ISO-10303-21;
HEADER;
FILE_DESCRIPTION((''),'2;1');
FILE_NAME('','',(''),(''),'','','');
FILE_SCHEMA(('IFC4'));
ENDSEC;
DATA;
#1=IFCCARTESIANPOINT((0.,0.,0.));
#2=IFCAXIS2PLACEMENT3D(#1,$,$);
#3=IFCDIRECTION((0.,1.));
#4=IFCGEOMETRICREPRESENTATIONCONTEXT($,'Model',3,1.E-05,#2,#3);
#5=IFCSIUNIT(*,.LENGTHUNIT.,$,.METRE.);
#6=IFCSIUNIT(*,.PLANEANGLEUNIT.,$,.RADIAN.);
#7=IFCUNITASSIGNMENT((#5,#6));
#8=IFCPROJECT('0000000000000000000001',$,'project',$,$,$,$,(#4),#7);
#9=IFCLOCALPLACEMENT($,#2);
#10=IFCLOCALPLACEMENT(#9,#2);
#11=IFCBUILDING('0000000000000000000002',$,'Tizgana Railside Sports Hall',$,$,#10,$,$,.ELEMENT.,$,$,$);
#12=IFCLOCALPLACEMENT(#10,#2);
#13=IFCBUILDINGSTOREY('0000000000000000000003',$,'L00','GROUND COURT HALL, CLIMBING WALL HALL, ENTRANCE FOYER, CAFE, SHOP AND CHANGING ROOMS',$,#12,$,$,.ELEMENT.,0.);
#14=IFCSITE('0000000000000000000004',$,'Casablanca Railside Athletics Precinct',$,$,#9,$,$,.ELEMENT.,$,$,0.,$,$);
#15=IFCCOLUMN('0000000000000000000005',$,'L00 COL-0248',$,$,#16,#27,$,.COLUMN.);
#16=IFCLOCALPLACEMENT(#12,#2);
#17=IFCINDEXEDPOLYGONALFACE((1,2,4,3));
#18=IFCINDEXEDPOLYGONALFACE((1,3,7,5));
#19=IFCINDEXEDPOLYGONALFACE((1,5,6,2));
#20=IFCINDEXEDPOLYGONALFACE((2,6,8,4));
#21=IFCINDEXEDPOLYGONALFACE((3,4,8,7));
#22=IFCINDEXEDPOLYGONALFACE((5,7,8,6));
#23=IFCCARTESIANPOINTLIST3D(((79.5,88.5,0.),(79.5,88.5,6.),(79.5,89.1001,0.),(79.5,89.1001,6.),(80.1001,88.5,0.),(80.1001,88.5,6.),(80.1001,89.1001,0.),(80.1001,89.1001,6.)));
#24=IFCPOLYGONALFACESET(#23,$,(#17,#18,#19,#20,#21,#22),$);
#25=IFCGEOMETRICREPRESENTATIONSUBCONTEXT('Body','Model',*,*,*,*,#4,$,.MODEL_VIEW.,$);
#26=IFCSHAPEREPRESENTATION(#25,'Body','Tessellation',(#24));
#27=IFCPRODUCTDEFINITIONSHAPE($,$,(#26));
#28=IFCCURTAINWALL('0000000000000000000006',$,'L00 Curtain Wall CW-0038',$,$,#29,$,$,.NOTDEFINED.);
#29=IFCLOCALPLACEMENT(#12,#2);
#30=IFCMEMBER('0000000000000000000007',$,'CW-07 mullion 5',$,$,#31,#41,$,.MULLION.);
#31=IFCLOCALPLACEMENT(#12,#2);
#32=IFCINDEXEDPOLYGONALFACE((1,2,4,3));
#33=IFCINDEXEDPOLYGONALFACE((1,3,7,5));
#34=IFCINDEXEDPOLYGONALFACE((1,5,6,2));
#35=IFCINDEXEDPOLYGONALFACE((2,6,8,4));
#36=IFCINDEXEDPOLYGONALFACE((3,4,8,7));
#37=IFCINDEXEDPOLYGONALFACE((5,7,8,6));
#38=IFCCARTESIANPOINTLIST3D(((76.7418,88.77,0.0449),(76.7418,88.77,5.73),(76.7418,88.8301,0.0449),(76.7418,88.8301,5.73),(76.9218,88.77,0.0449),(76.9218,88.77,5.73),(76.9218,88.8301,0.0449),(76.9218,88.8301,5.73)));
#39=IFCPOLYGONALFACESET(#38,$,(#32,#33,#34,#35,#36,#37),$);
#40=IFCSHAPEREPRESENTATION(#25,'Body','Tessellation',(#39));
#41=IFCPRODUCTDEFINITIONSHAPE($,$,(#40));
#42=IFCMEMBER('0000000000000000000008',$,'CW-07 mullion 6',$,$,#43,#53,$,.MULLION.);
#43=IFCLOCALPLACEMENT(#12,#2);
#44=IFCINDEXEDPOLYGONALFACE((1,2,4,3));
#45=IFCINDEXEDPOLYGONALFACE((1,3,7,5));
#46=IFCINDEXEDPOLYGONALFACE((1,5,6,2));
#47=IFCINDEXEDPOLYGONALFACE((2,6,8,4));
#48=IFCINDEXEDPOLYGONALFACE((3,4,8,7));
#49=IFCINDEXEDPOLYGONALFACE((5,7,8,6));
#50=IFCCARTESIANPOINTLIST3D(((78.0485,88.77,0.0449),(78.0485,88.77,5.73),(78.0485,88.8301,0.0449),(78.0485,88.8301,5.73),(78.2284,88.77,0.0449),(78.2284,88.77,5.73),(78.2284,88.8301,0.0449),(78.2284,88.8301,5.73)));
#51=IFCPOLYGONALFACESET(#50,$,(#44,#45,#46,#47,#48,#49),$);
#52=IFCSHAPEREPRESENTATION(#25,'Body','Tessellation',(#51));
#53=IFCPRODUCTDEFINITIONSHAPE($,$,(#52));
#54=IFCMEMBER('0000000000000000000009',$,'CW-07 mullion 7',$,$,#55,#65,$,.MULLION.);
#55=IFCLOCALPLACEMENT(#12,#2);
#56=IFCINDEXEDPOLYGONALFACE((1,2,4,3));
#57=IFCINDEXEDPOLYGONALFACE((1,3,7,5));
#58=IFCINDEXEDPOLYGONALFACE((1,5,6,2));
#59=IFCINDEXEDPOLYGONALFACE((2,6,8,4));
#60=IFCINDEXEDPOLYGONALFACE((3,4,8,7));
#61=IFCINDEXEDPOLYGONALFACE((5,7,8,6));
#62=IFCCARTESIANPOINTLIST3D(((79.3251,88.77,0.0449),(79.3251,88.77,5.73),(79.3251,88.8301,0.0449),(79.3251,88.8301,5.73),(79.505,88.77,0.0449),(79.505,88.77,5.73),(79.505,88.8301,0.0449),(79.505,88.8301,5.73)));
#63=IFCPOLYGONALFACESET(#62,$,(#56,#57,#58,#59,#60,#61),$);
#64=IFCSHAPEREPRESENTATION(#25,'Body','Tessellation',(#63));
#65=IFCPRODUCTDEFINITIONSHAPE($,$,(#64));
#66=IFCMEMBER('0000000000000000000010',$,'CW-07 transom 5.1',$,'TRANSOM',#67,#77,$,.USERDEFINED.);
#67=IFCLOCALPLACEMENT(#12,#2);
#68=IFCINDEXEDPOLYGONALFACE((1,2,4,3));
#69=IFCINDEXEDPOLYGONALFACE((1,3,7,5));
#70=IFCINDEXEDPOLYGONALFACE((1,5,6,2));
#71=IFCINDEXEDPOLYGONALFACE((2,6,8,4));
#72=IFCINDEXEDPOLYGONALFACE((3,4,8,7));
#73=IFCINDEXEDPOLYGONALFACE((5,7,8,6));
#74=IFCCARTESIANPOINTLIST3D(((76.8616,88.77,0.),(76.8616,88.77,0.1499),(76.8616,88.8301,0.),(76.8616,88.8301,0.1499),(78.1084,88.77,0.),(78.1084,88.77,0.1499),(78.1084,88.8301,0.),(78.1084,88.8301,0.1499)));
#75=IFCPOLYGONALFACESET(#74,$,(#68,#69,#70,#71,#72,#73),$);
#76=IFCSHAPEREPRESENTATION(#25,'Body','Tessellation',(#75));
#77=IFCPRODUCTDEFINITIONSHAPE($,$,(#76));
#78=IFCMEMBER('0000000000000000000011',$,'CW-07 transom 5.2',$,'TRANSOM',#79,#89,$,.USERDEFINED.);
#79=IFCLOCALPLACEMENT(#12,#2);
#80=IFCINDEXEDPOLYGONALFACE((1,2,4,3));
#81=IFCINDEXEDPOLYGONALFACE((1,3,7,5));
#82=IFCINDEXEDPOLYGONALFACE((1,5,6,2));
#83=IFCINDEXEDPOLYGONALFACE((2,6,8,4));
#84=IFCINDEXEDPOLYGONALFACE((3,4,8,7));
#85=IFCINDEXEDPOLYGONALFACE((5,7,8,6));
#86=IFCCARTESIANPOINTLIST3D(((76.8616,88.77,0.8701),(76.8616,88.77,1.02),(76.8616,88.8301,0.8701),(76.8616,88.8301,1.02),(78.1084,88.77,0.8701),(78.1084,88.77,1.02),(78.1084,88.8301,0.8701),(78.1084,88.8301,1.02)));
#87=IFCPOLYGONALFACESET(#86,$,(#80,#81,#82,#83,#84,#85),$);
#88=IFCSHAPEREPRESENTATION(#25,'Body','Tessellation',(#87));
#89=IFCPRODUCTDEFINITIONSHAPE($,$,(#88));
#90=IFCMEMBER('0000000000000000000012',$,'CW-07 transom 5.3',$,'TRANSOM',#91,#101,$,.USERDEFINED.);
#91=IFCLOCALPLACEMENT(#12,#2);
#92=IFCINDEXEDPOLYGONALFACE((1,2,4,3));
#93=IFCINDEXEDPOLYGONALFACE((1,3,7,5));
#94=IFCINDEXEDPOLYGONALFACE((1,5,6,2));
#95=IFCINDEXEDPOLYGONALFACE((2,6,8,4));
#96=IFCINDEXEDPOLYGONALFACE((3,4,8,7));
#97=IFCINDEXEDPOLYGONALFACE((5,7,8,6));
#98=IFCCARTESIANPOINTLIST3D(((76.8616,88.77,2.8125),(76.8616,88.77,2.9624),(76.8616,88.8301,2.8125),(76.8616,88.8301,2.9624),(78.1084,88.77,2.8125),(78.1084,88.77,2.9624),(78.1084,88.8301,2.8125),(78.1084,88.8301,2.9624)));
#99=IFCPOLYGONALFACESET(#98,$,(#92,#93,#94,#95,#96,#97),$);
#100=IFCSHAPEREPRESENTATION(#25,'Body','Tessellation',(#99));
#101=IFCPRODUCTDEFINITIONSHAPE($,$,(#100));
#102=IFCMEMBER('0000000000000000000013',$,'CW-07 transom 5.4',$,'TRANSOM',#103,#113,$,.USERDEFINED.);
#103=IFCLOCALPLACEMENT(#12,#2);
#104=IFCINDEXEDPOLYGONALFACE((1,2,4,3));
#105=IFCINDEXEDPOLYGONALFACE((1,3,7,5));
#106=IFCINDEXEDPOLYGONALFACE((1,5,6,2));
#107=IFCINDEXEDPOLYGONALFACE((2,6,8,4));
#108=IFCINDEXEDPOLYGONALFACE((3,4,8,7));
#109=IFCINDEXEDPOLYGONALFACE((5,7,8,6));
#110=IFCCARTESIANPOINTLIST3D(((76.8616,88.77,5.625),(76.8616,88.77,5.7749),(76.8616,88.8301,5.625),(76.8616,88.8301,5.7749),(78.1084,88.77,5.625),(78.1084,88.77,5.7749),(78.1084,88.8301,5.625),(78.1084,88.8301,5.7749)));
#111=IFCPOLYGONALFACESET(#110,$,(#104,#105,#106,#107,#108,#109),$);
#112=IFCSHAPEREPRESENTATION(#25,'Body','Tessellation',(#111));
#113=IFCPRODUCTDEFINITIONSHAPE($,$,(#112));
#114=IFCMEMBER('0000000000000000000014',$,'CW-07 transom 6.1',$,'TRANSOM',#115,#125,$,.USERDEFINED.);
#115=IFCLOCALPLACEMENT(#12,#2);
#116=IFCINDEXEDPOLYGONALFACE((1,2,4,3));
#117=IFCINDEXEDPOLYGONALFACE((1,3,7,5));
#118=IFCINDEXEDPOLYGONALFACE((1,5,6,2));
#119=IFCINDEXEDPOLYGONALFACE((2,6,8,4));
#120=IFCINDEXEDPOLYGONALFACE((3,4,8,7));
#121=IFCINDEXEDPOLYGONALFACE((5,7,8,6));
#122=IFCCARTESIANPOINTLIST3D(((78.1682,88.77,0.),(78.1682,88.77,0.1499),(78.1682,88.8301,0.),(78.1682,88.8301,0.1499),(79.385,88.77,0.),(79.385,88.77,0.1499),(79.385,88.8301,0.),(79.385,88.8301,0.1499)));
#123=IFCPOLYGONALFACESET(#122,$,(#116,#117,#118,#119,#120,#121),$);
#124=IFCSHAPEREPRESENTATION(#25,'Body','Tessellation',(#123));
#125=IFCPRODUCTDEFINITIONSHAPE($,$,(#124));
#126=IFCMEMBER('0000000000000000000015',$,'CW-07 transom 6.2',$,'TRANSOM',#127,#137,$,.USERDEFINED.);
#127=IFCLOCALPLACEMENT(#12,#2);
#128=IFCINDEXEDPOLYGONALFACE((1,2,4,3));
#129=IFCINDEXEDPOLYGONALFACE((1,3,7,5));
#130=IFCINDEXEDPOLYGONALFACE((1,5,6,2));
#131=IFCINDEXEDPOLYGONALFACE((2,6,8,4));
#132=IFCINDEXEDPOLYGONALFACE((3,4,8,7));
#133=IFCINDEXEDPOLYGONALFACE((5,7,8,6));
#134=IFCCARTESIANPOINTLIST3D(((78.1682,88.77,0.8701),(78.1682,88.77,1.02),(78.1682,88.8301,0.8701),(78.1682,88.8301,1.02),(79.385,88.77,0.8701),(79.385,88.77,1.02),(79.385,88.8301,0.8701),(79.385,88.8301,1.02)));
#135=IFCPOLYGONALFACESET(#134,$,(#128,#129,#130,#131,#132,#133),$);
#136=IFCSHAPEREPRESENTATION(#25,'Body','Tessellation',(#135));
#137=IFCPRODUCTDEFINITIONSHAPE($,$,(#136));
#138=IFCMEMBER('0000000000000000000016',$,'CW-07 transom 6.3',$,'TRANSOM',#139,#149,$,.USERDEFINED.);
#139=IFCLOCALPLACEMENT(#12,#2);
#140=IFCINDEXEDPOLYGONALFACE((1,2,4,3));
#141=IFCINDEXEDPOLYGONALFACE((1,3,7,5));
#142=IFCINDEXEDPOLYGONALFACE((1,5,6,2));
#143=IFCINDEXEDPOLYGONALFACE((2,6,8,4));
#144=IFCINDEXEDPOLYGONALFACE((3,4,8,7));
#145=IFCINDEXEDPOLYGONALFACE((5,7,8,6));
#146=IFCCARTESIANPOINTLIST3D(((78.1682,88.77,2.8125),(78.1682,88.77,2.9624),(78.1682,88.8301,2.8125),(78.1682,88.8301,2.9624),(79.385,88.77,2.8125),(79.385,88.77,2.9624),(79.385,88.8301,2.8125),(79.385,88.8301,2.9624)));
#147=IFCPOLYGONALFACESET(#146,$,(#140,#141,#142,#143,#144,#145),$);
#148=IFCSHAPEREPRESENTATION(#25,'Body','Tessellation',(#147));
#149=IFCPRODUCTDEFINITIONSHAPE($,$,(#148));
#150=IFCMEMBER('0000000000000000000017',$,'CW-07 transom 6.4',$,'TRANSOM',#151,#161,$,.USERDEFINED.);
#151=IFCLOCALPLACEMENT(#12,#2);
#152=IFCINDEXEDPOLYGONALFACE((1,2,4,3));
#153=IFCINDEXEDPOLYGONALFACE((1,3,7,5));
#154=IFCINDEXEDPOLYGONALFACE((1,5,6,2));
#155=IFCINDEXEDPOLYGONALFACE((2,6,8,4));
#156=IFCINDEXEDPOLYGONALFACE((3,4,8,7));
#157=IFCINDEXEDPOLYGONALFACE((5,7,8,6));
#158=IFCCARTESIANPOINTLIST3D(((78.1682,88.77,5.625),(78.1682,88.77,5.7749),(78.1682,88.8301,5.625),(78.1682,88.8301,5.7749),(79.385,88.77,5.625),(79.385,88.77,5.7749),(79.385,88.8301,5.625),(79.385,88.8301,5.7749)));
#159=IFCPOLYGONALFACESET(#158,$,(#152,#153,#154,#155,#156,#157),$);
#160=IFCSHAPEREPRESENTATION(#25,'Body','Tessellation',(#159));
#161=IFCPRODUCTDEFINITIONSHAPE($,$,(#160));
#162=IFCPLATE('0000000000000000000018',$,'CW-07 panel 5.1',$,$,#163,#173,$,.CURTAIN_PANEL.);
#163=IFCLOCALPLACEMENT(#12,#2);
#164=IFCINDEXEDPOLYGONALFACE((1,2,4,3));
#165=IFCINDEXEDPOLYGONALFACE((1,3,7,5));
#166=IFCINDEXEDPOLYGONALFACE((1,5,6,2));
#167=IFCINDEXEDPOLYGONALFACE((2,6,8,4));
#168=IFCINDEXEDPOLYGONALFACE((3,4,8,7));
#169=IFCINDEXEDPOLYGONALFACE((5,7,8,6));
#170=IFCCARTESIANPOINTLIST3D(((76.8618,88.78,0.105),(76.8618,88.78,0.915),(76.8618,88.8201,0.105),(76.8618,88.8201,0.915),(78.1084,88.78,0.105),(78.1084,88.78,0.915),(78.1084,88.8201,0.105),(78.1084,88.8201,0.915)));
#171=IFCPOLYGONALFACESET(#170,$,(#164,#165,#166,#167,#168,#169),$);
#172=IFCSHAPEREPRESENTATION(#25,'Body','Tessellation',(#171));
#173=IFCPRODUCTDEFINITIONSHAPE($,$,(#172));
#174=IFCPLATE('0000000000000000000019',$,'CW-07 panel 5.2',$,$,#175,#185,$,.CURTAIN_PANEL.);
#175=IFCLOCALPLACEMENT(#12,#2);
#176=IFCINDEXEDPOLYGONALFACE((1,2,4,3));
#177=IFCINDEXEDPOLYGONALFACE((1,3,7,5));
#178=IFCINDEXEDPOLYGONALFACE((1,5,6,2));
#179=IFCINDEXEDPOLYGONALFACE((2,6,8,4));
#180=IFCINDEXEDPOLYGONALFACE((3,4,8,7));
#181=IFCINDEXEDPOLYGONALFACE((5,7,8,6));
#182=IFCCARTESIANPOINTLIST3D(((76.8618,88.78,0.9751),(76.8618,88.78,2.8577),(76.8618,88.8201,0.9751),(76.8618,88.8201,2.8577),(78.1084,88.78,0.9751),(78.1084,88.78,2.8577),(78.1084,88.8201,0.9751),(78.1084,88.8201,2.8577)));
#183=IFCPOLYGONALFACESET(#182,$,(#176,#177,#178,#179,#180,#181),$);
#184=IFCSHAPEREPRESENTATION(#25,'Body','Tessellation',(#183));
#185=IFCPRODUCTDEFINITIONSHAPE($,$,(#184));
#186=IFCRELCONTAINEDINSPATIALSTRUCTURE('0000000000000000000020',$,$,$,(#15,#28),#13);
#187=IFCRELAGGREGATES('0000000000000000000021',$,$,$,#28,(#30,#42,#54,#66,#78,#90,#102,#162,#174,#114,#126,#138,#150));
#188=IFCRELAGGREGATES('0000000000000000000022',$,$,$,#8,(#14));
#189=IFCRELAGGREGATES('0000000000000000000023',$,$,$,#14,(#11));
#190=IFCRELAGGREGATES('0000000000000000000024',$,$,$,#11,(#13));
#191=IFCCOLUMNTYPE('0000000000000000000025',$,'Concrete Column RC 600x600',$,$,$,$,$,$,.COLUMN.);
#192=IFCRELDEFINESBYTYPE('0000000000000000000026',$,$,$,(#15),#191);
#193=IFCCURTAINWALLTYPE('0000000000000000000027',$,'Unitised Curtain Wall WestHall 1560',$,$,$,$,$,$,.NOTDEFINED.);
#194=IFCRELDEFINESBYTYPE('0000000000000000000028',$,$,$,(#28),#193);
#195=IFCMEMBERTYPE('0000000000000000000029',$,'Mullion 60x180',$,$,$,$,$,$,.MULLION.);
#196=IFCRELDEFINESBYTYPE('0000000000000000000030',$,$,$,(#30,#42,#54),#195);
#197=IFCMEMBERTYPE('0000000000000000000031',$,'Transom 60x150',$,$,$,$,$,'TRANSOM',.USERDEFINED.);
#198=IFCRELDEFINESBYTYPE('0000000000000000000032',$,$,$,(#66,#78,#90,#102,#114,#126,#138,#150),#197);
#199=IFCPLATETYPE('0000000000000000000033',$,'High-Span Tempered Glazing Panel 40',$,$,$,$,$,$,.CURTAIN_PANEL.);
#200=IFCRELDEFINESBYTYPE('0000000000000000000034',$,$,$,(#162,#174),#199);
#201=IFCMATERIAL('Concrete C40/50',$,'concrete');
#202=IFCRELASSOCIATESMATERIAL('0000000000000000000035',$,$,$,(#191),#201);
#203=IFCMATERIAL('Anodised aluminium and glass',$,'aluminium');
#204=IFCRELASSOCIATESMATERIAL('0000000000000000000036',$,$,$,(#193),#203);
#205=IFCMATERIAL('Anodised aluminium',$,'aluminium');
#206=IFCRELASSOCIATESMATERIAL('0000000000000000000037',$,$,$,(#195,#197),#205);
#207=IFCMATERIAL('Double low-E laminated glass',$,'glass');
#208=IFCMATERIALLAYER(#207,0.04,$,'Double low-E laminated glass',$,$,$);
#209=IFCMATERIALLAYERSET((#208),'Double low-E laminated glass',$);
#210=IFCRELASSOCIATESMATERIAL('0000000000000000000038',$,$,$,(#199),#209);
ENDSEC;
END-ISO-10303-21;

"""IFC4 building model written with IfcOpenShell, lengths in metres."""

from ifc_helpers import new_model, si_unit, direction, frame, origin, origin_2d, place, context, subcontext, project, spatial, rectangle, extrude, material, layer, layer_set, material_profile, profile_set, type_object, element, aggregate, save


model = new_model("IFC4")

# Units and contexts
model_context = context("Model", 3, precision=1e-05, world=origin(), true_north=direction((0.0, 1.0)))
body_context = subcontext(model_context, "Body", "Model", "MODEL_VIEW")
ifc_project = project(units=[si_unit("LENGTHUNIT", "METRE"), si_unit("PLANEANGLEUNIT", "RADIAN")], contexts=[model_context])

# Site, building, storey
site_placement = place(None, origin())
site = spatial("IfcSite", under=ifc_project, at=site_placement, Name="Casablanca Railside Athletics Precinct", CompositionType="ELEMENT", RefElevation=0.0)
building_placement = place(site_placement, origin())
building = spatial("IfcBuilding", under=site, at=building_placement, Name="Tizgana Railside Sports Hall", CompositionType="ELEMENT")
storey_placement = place(building_placement, origin())
storey = spatial("IfcBuildingStorey", under=building, at=storey_placement, Name="L00", Description="GROUND COURT HALL, CLIMBING WALL HALL, ENTRANCE FOYER, CAFE, SHOP AND CHANGING ROOMS", CompositionType="ELEMENT", Elevation=0.0)

# Column
ifc_material_1 = material(Name="Concrete C40/50", Category="concrete")
ifc_material_profile_1 = material_profile(ifc_material_1, rectangle(XDim=0.6001, YDim=0.6001, at=origin_2d()), Name="RC 600x600")
ifc_profile_set_1 = profile_set([ifc_material_profile_1], Name="Concrete C40/50")
column_type = type_object("IfcColumnType", Name="Concrete Column RC 600x600", PredefinedType="COLUMN", material=ifc_profile_set_1)
column_placement = place(storey_placement, frame((79.8, 88.8, 0.0), z_axis=(0.0, 0.0, 1.0), x_axis=(1.0, 0.0, 0.0)))
element("IfcColumn", 1, at=column_placement, inside=storey, type_object=column_type, Name="L00 COL-0248", PredefinedType="COLUMN", context=body_context, shape_type="SweptSolid", body=[
    extrude(rectangle(XDim=0.6001, YDim=0.6001, at=origin_2d()), origin(), (0.0, 0.0, 1.0), 6.0),
])

# Curtain wall, members, plates
ifc_material_2 = material(Name="Anodised aluminium and glass", Category="aluminium")
curtain_wall_type = type_object("IfcCurtainWallType", Name="Unitised Curtain Wall WestHall 1560", PredefinedType="NOTDEFINED", material=ifc_material_2)
curtain_wall_placement = place(storey_placement, origin())
curtain_wall = element("IfcCurtainWall", 2, at=curtain_wall_placement, inside=storey, type_object=curtain_wall_type, Name="L00 Curtain Wall CW-0038", PredefinedType="NOTDEFINED")
ifc_material_3 = material(Name="Anodised aluminium", Category="aluminium")
ifc_material_profile_2 = material_profile(ifc_material_3, rectangle(XDim=0.0601, YDim=0.1799, at=origin_2d()), Name="Mullion 60x180")
ifc_profile_set_2 = profile_set([ifc_material_profile_2], Name="Anodised aluminium")
member_type_1 = type_object("IfcMemberType", Name="Mullion 60x180", PredefinedType="MULLION", material=ifc_profile_set_2)
member_1_placement = place(storey_placement, frame((76.8318, 88.8, 0.0449), z_axis=(0.0, 0.0, 1.0), x_axis=(0.0, 1.0, 0.0)))
member_1 = element("IfcMember", 3, at=member_1_placement, type_object=member_type_1, Name="CW-07 mullion 5", PredefinedType="MULLION", context=body_context, shape_type="SweptSolid", body=[
    extrude(rectangle(XDim=0.0601, YDim=0.1799, at=origin_2d()), origin(), (0.0, 0.0, 1.0), 5.6851),
])
member_2_placement = place(storey_placement, frame((78.1384, 88.8, 0.0449), z_axis=(0.0, 0.0, 1.0), x_axis=(0.0, 1.0, 0.0)))
member_2 = element("IfcMember", 4, at=member_2_placement, type_object=member_type_1, Name="CW-07 mullion 6", PredefinedType="MULLION", context=body_context, shape_type="SweptSolid", body=[
    extrude(rectangle(XDim=0.0601, YDim=0.1799, at=origin_2d()), origin(), (0.0, 0.0, 1.0), 5.6851),
])
member_3_placement = place(storey_placement, frame((79.415, 88.8, 0.0449), z_axis=(0.0, 0.0, 1.0), x_axis=(0.0, 1.0, 0.0)))
member_3 = element("IfcMember", 5, at=member_3_placement, type_object=member_type_1, Name="CW-07 mullion 7", PredefinedType="MULLION", context=body_context, shape_type="SweptSolid", body=[
    extrude(rectangle(XDim=0.0601, YDim=0.1799, at=origin_2d()), origin(), (0.0, 0.0, 1.0), 5.6851),
])
ifc_material_profile_3 = material_profile(ifc_material_3, rectangle(XDim=0.0601, YDim=0.1499, at=origin_2d()), Name="Transom 60x150")
ifc_profile_set_3 = profile_set([ifc_material_profile_3], Name="Anodised aluminium")
member_type_2 = type_object("IfcMemberType", Name="Transom 60x150", ElementType="TRANSOM", PredefinedType="USERDEFINED", material=ifc_profile_set_3)
member_4_placement = place(storey_placement, frame((76.8616, 88.8, 0.075), z_axis=(1.0, 0.0, 0.0), x_axis=(0.0, 1.0, 0.0)))
member_4 = element("IfcMember", 6, at=member_4_placement, type_object=member_type_2, Name="CW-07 transom 5.1", ObjectType="TRANSOM", PredefinedType="USERDEFINED", context=body_context, shape_type="SweptSolid", body=[
    extrude(rectangle(XDim=0.0601, YDim=0.1499, at=origin_2d()), origin(), (0.0, 0.0, 1.0), 1.2468),
])
member_5_placement = place(storey_placement, frame((76.8616, 88.8, 0.9451), z_axis=(1.0, 0.0, 0.0), x_axis=(0.0, 1.0, 0.0)))
member_5 = element("IfcMember", 7, at=member_5_placement, type_object=member_type_2, Name="CW-07 transom 5.2", ObjectType="TRANSOM", PredefinedType="USERDEFINED", context=body_context, shape_type="SweptSolid", body=[
    extrude(rectangle(XDim=0.0601, YDim=0.1499, at=origin_2d()), origin(), (0.0, 0.0, 1.0), 1.2468),
])
member_6_placement = place(storey_placement, frame((76.8616, 88.8, 2.8875), z_axis=(1.0, 0.0, 0.0), x_axis=(0.0, 1.0, 0.0)))
member_6 = element("IfcMember", 8, at=member_6_placement, type_object=member_type_2, Name="CW-07 transom 5.3", ObjectType="TRANSOM", PredefinedType="USERDEFINED", context=body_context, shape_type="SweptSolid", body=[
    extrude(rectangle(XDim=0.0601, YDim=0.1499, at=origin_2d()), origin(), (0.0, 0.0, 1.0), 1.2468),
])
member_7_placement = place(storey_placement, frame((76.8616, 88.8, 5.7), z_axis=(1.0, 0.0, 0.0), x_axis=(0.0, 1.0, 0.0)))
member_7 = element("IfcMember", 9, at=member_7_placement, type_object=member_type_2, Name="CW-07 transom 5.4", ObjectType="TRANSOM", PredefinedType="USERDEFINED", context=body_context, shape_type="SweptSolid", body=[
    extrude(rectangle(XDim=0.0601, YDim=0.1499, at=origin_2d()), origin(), (0.0, 0.0, 1.0), 1.2468),
])
member_8_placement = place(storey_placement, frame((78.1682, 88.8, 0.075), z_axis=(1.0, 0.0, 0.0), x_axis=(0.0, 1.0, 0.0)))
member_8 = element("IfcMember", 10, at=member_8_placement, type_object=member_type_2, Name="CW-07 transom 6.1", ObjectType="TRANSOM", PredefinedType="USERDEFINED", context=body_context, shape_type="SweptSolid", body=[
    extrude(rectangle(XDim=0.0601, YDim=0.1499, at=origin_2d()), origin(), (0.0, 0.0, 1.0), 1.2168),
])
member_9_placement = place(storey_placement, frame((78.1682, 88.8, 0.9451), z_axis=(1.0, 0.0, 0.0), x_axis=(0.0, 1.0, 0.0)))
member_9 = element("IfcMember", 11, at=member_9_placement, type_object=member_type_2, Name="CW-07 transom 6.2", ObjectType="TRANSOM", PredefinedType="USERDEFINED", context=body_context, shape_type="SweptSolid", body=[
    extrude(rectangle(XDim=0.0601, YDim=0.1499, at=origin_2d()), origin(), (0.0, 0.0, 1.0), 1.2168),
])
member_10_placement = place(storey_placement, frame((78.1682, 88.8, 2.8875), z_axis=(1.0, 0.0, 0.0), x_axis=(0.0, 1.0, 0.0)))
member_10 = element("IfcMember", 12, at=member_10_placement, type_object=member_type_2, Name="CW-07 transom 6.3", ObjectType="TRANSOM", PredefinedType="USERDEFINED", context=body_context, shape_type="SweptSolid", body=[
    extrude(rectangle(XDim=0.0601, YDim=0.1499, at=origin_2d()), origin(), (0.0, 0.0, 1.0), 1.2168),
])
member_11_placement = place(storey_placement, frame((78.1682, 88.8, 5.7), z_axis=(1.0, 0.0, 0.0), x_axis=(0.0, 1.0, 0.0)))
member_11 = element("IfcMember", 13, at=member_11_placement, type_object=member_type_2, Name="CW-07 transom 6.4", ObjectType="TRANSOM", PredefinedType="USERDEFINED", context=body_context, shape_type="SweptSolid", body=[
    extrude(rectangle(XDim=0.0601, YDim=0.1499, at=origin_2d()), origin(), (0.0, 0.0, 1.0), 1.2168),
])
ifc_material_4 = material(Name="Double low-E laminated glass", Category="glass")
ifc_layer_1 = layer(ifc_material_4, 0.04, Name="Double low-E laminated glass")
ifc_layer_set_1 = layer_set([ifc_layer_1], Name="Double low-E laminated glass")
plate_type = type_object("IfcPlateType", Name="High-Span Tempered Glazing Panel 40", PredefinedType="CURTAIN_PANEL", material=ifc_layer_set_1)
plate_1_placement = place(storey_placement, frame((77.4851, 88.8, 0.105), z_axis=(0.0, 0.0, 1.0), x_axis=(1.0, 0.0, 0.0)))
plate_1 = element("IfcPlate", 14, at=plate_1_placement, type_object=plate_type, Name="CW-07 panel 5.1", PredefinedType="CURTAIN_PANEL", context=body_context, shape_type="SweptSolid", body=[
    extrude(rectangle(XDim=1.2466, YDim=0.04, at=origin_2d()), origin(), (0.0, 0.0, 1.0), 0.8101),
])
plate_2_placement = place(storey_placement, frame((77.4851, 88.8, 0.9751), z_axis=(0.0, 0.0, 1.0), x_axis=(1.0, 0.0, 0.0)))
plate_2 = element("IfcPlate", 15, at=plate_2_placement, type_object=plate_type, Name="CW-07 panel 5.2", PredefinedType="CURTAIN_PANEL", context=body_context, shape_type="SweptSolid", body=[
    extrude(rectangle(XDim=1.2466, YDim=0.04, at=origin_2d()), origin(), (0.0, 0.0, 1.0), 1.8826),
])
aggregate(curtain_wall, [member_1, member_2, member_3, member_4, member_5, member_6, member_7, plate_1, plate_2, member_8, member_9, member_10, member_11])

save(model, "model.ifc")
